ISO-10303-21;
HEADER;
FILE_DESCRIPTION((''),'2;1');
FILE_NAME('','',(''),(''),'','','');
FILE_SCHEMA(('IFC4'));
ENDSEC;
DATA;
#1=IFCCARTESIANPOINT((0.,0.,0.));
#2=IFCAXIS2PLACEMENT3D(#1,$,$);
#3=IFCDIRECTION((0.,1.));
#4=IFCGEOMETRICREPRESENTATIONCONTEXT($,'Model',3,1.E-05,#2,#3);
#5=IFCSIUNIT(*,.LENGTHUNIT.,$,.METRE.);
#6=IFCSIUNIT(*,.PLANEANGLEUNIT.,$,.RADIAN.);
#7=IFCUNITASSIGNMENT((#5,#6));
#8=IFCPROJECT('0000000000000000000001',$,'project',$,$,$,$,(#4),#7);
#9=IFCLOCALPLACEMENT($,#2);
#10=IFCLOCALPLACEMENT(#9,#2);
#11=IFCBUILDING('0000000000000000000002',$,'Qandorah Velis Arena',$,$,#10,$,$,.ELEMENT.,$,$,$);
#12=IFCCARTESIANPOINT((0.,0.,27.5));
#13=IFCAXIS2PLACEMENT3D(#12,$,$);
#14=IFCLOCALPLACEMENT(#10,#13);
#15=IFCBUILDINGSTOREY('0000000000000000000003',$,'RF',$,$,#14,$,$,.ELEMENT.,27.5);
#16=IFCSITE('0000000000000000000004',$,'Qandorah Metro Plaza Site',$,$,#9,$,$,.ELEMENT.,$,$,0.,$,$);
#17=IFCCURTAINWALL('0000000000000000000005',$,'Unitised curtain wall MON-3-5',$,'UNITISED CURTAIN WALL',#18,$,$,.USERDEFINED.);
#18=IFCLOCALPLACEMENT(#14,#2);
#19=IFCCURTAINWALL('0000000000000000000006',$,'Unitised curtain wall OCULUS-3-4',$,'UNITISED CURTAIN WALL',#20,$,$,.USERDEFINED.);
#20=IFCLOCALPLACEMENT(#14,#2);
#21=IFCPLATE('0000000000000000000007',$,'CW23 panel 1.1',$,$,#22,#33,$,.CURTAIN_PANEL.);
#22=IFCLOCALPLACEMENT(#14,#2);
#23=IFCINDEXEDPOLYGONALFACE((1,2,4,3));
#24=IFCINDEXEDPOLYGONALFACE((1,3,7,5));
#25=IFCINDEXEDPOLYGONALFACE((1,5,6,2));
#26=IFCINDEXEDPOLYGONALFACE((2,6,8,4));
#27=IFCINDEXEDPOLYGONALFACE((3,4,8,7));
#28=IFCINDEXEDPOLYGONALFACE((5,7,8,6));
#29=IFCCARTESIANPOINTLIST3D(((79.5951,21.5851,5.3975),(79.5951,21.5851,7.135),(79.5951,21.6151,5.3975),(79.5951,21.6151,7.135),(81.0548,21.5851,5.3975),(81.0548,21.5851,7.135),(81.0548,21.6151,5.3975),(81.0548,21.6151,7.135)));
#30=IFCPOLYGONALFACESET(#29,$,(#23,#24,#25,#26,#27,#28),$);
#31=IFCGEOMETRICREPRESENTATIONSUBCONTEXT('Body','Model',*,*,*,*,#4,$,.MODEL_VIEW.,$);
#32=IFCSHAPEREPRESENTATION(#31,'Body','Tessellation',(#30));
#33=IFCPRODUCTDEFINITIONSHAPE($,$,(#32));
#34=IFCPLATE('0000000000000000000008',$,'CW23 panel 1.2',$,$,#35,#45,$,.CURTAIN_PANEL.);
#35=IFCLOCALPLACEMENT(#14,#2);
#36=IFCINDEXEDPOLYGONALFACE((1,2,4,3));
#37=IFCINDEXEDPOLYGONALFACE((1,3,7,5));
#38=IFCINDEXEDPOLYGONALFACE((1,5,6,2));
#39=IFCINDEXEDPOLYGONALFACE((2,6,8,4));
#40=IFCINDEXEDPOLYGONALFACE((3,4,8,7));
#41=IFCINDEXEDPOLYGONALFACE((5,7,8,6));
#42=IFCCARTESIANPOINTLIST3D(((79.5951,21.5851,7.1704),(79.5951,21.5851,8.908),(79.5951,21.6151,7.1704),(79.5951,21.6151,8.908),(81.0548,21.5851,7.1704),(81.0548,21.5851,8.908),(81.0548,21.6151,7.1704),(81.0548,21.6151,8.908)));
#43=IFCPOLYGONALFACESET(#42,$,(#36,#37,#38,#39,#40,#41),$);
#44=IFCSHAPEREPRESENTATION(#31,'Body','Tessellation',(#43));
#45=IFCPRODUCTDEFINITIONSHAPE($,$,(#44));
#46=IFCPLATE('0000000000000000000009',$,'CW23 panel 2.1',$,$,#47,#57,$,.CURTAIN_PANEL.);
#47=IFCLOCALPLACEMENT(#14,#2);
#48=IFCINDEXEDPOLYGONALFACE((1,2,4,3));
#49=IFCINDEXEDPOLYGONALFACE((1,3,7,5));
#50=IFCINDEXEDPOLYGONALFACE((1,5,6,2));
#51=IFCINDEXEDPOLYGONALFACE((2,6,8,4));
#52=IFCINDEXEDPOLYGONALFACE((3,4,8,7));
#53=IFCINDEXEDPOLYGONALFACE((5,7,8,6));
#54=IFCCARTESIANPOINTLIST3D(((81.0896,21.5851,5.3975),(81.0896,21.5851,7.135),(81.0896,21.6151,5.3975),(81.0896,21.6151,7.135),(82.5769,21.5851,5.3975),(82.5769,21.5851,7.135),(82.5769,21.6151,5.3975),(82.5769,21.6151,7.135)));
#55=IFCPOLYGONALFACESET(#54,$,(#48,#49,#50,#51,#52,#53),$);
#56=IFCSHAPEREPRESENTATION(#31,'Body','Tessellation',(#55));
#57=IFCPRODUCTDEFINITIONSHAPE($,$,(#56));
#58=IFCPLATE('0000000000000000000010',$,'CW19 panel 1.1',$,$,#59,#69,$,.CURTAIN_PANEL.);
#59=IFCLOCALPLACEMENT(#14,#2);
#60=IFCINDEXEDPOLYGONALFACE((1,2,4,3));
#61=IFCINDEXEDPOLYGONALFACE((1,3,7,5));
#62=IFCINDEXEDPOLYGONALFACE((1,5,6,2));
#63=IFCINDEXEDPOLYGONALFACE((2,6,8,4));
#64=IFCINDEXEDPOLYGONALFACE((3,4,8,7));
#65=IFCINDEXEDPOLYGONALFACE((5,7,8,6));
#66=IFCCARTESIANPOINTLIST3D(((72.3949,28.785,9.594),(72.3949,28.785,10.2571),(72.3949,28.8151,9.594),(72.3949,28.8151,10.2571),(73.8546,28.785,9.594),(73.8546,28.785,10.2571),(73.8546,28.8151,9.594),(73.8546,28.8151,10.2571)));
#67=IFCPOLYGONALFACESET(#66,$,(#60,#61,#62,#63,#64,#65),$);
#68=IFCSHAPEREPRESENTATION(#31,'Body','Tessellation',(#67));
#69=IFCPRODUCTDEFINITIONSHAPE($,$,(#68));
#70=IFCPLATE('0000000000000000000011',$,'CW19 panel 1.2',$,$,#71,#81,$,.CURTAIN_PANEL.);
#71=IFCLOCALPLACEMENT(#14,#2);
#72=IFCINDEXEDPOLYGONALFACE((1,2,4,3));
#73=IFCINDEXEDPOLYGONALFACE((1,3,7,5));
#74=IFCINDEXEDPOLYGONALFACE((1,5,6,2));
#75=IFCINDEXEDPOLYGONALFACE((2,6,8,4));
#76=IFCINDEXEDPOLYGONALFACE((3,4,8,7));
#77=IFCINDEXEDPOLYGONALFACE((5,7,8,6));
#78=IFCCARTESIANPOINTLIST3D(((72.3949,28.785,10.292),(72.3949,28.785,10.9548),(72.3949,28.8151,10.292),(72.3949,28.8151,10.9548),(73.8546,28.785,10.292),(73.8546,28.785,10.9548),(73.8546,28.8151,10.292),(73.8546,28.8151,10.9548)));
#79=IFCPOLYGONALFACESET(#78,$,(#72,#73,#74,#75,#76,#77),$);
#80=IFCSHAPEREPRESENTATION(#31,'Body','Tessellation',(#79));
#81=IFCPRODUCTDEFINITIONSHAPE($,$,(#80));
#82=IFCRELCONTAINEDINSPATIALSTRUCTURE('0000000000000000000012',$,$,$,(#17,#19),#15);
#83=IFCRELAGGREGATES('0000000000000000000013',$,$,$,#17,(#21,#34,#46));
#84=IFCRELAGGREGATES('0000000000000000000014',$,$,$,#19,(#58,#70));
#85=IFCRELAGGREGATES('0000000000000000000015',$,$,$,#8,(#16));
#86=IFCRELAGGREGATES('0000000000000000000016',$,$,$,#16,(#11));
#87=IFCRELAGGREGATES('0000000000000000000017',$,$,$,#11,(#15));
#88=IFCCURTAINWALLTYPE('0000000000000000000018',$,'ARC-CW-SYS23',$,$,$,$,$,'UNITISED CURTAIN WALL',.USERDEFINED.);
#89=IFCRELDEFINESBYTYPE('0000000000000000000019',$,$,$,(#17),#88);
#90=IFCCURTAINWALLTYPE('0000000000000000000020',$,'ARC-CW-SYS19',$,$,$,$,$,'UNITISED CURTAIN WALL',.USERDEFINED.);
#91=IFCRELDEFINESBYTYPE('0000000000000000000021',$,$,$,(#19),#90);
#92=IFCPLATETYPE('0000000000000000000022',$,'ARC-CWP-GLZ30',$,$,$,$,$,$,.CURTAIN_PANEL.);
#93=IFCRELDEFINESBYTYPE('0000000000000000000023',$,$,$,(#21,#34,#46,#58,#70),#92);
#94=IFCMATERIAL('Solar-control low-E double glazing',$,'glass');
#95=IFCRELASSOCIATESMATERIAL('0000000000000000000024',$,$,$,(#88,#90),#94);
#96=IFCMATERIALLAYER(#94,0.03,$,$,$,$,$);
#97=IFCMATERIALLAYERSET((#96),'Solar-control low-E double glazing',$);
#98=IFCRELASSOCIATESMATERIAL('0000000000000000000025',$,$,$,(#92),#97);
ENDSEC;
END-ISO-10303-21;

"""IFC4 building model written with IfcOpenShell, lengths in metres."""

from ifc_helpers import new_model, si_unit, direction, frame, origin, origin_2d, place, context, subcontext, project, spatial, rectangle, extrude, material, layer, layer_set, type_object, element, aggregate, save


model = new_model("IFC4")

# Units and contexts
model_context = context("Model", 3, precision=1e-05, world=origin(), true_north=direction((0.0, 1.0)))
body_context = subcontext(model_context, "Body", "Model", "MODEL_VIEW")
ifc_project = project(units=[si_unit("LENGTHUNIT", "METRE"), si_unit("PLANEANGLEUNIT", "RADIAN")], contexts=[model_context])

# Site, building, storey
site_placement = place(None, origin())
site = spatial("IfcSite", under=ifc_project, at=site_placement, Name="Qandorah Metro Plaza Site", CompositionType="ELEMENT", RefElevation=0.0)
building_placement = place(site_placement, origin())
building = spatial("IfcBuilding", under=site, at=building_placement, Name="Qandorah Velis Arena", CompositionType="ELEMENT")
storey_placement = place(building_placement, frame((0.0, 0.0, 27.5)))
storey = spatial("IfcBuildingStorey", under=building, at=storey_placement, Name="RF", CompositionType="ELEMENT", Elevation=27.5)

# Curtain wall
ifc_material_1 = material(Name="Solar-control low-E double glazing", Category="glass")
curtain_wall_type_1 = type_object("IfcCurtainWallType", Name="ARC-CW-SYS23", ElementType="UNITISED CURTAIN WALL", PredefinedType="USERDEFINED", material=ifc_material_1)
curtain_wall_1_placement = place(storey_placement, origin())
curtain_wall_1 = element("IfcCurtainWall", 1, at=curtain_wall_1_placement, inside=storey, type_object=curtain_wall_type_1, Name="Unitised curtain wall MON-3-5", ObjectType="UNITISED CURTAIN WALL", PredefinedType="USERDEFINED")

# Curtain wall
curtain_wall_type_2 = type_object("IfcCurtainWallType", Name="ARC-CW-SYS19", ElementType="UNITISED CURTAIN WALL", PredefinedType="USERDEFINED", material=ifc_material_1)
curtain_wall_2_placement = place(storey_placement, origin())
curtain_wall_2 = element("IfcCurtainWall", 2, at=curtain_wall_2_placement, inside=storey, type_object=curtain_wall_type_2, Name="Unitised curtain wall OCULUS-3-4", ObjectType="UNITISED CURTAIN WALL", PredefinedType="USERDEFINED")

# Plates
ifc_layer = layer(ifc_material_1, 0.03)
ifc_layer_set = layer_set([ifc_layer], Name="Solar-control low-E double glazing")
plate_type = type_object("IfcPlateType", Name="ARC-CWP-GLZ30", PredefinedType="CURTAIN_PANEL", material=ifc_layer_set)
plate_1_placement = place(storey_placement, frame((80.325, 21.6001, 5.3975), z_axis=(0.0, 0.0, 1.0), x_axis=(1.0, 0.0, 0.0)))
plate_1 = element("IfcPlate", 3, at=plate_1_placement, type_object=plate_type, Name="CW23 panel 1.1", PredefinedType="CURTAIN_PANEL", context=body_context, shape_type="SweptSolid", body=[
    extrude(rectangle(XDim=1.4597, YDim=0.03, at=origin_2d()), origin(), (0.0, 0.0, 1.0), 1.7375),
])
plate_2_placement = place(storey_placement, frame((80.325, 21.6001, 7.1704), z_axis=(0.0, 0.0, 1.0), x_axis=(1.0, 0.0, 0.0)))
plate_2 = element("IfcPlate", 4, at=plate_2_placement, type_object=plate_type, Name="CW23 panel 1.2", PredefinedType="CURTAIN_PANEL", context=body_context, shape_type="SweptSolid", body=[
    extrude(rectangle(XDim=1.4597, YDim=0.03, at=origin_2d()), origin(), (0.0, 0.0, 1.0), 1.7375),
])
plate_3_placement = place(storey_placement, frame((81.8333, 21.6001, 5.3975), z_axis=(0.0, 0.0, 1.0), x_axis=(1.0, 0.0, 0.0)))
plate_3 = element("IfcPlate", 5, at=plate_3_placement, type_object=plate_type, Name="CW23 panel 2.1", PredefinedType="CURTAIN_PANEL", context=body_context, shape_type="SweptSolid", body=[
    extrude(rectangle(XDim=1.4873, YDim=0.03, at=origin_2d()), origin(), (0.0, 0.0, 1.0), 1.7375),
])
aggregate(curtain_wall_1, [plate_1, plate_2, plate_3])
plate_4_placement = place(storey_placement, frame((73.1248, 28.8, 9.594), z_axis=(0.0, 0.0, 1.0), x_axis=(1.0, 0.0, 0.0)))
plate_4 = element("IfcPlate", 6, at=plate_4_placement, type_object=plate_type, Name="CW19 panel 1.1", PredefinedType="CURTAIN_PANEL", context=body_context, shape_type="SweptSolid", body=[
    extrude(rectangle(XDim=1.4597, YDim=0.03, at=origin_2d()), origin(), (0.0, 0.0, 1.0), 0.6631),
])
plate_5_placement = place(storey_placement, frame((73.1248, 28.8, 10.292), z_axis=(0.0, 0.0, 1.0), x_axis=(1.0, 0.0, 0.0)))
plate_5 = element("IfcPlate", 7, at=plate_5_placement, type_object=plate_type, Name="CW19 panel 1.2", PredefinedType="CURTAIN_PANEL", context=body_context, shape_type="SweptSolid", body=[
    extrude(rectangle(XDim=1.4597, YDim=0.03, at=origin_2d()), origin(), (0.0, 0.0, 1.0), 0.6628),
])
aggregate(curtain_wall_2, [plate_4, plate_5])

save(model, "model.ifc")
